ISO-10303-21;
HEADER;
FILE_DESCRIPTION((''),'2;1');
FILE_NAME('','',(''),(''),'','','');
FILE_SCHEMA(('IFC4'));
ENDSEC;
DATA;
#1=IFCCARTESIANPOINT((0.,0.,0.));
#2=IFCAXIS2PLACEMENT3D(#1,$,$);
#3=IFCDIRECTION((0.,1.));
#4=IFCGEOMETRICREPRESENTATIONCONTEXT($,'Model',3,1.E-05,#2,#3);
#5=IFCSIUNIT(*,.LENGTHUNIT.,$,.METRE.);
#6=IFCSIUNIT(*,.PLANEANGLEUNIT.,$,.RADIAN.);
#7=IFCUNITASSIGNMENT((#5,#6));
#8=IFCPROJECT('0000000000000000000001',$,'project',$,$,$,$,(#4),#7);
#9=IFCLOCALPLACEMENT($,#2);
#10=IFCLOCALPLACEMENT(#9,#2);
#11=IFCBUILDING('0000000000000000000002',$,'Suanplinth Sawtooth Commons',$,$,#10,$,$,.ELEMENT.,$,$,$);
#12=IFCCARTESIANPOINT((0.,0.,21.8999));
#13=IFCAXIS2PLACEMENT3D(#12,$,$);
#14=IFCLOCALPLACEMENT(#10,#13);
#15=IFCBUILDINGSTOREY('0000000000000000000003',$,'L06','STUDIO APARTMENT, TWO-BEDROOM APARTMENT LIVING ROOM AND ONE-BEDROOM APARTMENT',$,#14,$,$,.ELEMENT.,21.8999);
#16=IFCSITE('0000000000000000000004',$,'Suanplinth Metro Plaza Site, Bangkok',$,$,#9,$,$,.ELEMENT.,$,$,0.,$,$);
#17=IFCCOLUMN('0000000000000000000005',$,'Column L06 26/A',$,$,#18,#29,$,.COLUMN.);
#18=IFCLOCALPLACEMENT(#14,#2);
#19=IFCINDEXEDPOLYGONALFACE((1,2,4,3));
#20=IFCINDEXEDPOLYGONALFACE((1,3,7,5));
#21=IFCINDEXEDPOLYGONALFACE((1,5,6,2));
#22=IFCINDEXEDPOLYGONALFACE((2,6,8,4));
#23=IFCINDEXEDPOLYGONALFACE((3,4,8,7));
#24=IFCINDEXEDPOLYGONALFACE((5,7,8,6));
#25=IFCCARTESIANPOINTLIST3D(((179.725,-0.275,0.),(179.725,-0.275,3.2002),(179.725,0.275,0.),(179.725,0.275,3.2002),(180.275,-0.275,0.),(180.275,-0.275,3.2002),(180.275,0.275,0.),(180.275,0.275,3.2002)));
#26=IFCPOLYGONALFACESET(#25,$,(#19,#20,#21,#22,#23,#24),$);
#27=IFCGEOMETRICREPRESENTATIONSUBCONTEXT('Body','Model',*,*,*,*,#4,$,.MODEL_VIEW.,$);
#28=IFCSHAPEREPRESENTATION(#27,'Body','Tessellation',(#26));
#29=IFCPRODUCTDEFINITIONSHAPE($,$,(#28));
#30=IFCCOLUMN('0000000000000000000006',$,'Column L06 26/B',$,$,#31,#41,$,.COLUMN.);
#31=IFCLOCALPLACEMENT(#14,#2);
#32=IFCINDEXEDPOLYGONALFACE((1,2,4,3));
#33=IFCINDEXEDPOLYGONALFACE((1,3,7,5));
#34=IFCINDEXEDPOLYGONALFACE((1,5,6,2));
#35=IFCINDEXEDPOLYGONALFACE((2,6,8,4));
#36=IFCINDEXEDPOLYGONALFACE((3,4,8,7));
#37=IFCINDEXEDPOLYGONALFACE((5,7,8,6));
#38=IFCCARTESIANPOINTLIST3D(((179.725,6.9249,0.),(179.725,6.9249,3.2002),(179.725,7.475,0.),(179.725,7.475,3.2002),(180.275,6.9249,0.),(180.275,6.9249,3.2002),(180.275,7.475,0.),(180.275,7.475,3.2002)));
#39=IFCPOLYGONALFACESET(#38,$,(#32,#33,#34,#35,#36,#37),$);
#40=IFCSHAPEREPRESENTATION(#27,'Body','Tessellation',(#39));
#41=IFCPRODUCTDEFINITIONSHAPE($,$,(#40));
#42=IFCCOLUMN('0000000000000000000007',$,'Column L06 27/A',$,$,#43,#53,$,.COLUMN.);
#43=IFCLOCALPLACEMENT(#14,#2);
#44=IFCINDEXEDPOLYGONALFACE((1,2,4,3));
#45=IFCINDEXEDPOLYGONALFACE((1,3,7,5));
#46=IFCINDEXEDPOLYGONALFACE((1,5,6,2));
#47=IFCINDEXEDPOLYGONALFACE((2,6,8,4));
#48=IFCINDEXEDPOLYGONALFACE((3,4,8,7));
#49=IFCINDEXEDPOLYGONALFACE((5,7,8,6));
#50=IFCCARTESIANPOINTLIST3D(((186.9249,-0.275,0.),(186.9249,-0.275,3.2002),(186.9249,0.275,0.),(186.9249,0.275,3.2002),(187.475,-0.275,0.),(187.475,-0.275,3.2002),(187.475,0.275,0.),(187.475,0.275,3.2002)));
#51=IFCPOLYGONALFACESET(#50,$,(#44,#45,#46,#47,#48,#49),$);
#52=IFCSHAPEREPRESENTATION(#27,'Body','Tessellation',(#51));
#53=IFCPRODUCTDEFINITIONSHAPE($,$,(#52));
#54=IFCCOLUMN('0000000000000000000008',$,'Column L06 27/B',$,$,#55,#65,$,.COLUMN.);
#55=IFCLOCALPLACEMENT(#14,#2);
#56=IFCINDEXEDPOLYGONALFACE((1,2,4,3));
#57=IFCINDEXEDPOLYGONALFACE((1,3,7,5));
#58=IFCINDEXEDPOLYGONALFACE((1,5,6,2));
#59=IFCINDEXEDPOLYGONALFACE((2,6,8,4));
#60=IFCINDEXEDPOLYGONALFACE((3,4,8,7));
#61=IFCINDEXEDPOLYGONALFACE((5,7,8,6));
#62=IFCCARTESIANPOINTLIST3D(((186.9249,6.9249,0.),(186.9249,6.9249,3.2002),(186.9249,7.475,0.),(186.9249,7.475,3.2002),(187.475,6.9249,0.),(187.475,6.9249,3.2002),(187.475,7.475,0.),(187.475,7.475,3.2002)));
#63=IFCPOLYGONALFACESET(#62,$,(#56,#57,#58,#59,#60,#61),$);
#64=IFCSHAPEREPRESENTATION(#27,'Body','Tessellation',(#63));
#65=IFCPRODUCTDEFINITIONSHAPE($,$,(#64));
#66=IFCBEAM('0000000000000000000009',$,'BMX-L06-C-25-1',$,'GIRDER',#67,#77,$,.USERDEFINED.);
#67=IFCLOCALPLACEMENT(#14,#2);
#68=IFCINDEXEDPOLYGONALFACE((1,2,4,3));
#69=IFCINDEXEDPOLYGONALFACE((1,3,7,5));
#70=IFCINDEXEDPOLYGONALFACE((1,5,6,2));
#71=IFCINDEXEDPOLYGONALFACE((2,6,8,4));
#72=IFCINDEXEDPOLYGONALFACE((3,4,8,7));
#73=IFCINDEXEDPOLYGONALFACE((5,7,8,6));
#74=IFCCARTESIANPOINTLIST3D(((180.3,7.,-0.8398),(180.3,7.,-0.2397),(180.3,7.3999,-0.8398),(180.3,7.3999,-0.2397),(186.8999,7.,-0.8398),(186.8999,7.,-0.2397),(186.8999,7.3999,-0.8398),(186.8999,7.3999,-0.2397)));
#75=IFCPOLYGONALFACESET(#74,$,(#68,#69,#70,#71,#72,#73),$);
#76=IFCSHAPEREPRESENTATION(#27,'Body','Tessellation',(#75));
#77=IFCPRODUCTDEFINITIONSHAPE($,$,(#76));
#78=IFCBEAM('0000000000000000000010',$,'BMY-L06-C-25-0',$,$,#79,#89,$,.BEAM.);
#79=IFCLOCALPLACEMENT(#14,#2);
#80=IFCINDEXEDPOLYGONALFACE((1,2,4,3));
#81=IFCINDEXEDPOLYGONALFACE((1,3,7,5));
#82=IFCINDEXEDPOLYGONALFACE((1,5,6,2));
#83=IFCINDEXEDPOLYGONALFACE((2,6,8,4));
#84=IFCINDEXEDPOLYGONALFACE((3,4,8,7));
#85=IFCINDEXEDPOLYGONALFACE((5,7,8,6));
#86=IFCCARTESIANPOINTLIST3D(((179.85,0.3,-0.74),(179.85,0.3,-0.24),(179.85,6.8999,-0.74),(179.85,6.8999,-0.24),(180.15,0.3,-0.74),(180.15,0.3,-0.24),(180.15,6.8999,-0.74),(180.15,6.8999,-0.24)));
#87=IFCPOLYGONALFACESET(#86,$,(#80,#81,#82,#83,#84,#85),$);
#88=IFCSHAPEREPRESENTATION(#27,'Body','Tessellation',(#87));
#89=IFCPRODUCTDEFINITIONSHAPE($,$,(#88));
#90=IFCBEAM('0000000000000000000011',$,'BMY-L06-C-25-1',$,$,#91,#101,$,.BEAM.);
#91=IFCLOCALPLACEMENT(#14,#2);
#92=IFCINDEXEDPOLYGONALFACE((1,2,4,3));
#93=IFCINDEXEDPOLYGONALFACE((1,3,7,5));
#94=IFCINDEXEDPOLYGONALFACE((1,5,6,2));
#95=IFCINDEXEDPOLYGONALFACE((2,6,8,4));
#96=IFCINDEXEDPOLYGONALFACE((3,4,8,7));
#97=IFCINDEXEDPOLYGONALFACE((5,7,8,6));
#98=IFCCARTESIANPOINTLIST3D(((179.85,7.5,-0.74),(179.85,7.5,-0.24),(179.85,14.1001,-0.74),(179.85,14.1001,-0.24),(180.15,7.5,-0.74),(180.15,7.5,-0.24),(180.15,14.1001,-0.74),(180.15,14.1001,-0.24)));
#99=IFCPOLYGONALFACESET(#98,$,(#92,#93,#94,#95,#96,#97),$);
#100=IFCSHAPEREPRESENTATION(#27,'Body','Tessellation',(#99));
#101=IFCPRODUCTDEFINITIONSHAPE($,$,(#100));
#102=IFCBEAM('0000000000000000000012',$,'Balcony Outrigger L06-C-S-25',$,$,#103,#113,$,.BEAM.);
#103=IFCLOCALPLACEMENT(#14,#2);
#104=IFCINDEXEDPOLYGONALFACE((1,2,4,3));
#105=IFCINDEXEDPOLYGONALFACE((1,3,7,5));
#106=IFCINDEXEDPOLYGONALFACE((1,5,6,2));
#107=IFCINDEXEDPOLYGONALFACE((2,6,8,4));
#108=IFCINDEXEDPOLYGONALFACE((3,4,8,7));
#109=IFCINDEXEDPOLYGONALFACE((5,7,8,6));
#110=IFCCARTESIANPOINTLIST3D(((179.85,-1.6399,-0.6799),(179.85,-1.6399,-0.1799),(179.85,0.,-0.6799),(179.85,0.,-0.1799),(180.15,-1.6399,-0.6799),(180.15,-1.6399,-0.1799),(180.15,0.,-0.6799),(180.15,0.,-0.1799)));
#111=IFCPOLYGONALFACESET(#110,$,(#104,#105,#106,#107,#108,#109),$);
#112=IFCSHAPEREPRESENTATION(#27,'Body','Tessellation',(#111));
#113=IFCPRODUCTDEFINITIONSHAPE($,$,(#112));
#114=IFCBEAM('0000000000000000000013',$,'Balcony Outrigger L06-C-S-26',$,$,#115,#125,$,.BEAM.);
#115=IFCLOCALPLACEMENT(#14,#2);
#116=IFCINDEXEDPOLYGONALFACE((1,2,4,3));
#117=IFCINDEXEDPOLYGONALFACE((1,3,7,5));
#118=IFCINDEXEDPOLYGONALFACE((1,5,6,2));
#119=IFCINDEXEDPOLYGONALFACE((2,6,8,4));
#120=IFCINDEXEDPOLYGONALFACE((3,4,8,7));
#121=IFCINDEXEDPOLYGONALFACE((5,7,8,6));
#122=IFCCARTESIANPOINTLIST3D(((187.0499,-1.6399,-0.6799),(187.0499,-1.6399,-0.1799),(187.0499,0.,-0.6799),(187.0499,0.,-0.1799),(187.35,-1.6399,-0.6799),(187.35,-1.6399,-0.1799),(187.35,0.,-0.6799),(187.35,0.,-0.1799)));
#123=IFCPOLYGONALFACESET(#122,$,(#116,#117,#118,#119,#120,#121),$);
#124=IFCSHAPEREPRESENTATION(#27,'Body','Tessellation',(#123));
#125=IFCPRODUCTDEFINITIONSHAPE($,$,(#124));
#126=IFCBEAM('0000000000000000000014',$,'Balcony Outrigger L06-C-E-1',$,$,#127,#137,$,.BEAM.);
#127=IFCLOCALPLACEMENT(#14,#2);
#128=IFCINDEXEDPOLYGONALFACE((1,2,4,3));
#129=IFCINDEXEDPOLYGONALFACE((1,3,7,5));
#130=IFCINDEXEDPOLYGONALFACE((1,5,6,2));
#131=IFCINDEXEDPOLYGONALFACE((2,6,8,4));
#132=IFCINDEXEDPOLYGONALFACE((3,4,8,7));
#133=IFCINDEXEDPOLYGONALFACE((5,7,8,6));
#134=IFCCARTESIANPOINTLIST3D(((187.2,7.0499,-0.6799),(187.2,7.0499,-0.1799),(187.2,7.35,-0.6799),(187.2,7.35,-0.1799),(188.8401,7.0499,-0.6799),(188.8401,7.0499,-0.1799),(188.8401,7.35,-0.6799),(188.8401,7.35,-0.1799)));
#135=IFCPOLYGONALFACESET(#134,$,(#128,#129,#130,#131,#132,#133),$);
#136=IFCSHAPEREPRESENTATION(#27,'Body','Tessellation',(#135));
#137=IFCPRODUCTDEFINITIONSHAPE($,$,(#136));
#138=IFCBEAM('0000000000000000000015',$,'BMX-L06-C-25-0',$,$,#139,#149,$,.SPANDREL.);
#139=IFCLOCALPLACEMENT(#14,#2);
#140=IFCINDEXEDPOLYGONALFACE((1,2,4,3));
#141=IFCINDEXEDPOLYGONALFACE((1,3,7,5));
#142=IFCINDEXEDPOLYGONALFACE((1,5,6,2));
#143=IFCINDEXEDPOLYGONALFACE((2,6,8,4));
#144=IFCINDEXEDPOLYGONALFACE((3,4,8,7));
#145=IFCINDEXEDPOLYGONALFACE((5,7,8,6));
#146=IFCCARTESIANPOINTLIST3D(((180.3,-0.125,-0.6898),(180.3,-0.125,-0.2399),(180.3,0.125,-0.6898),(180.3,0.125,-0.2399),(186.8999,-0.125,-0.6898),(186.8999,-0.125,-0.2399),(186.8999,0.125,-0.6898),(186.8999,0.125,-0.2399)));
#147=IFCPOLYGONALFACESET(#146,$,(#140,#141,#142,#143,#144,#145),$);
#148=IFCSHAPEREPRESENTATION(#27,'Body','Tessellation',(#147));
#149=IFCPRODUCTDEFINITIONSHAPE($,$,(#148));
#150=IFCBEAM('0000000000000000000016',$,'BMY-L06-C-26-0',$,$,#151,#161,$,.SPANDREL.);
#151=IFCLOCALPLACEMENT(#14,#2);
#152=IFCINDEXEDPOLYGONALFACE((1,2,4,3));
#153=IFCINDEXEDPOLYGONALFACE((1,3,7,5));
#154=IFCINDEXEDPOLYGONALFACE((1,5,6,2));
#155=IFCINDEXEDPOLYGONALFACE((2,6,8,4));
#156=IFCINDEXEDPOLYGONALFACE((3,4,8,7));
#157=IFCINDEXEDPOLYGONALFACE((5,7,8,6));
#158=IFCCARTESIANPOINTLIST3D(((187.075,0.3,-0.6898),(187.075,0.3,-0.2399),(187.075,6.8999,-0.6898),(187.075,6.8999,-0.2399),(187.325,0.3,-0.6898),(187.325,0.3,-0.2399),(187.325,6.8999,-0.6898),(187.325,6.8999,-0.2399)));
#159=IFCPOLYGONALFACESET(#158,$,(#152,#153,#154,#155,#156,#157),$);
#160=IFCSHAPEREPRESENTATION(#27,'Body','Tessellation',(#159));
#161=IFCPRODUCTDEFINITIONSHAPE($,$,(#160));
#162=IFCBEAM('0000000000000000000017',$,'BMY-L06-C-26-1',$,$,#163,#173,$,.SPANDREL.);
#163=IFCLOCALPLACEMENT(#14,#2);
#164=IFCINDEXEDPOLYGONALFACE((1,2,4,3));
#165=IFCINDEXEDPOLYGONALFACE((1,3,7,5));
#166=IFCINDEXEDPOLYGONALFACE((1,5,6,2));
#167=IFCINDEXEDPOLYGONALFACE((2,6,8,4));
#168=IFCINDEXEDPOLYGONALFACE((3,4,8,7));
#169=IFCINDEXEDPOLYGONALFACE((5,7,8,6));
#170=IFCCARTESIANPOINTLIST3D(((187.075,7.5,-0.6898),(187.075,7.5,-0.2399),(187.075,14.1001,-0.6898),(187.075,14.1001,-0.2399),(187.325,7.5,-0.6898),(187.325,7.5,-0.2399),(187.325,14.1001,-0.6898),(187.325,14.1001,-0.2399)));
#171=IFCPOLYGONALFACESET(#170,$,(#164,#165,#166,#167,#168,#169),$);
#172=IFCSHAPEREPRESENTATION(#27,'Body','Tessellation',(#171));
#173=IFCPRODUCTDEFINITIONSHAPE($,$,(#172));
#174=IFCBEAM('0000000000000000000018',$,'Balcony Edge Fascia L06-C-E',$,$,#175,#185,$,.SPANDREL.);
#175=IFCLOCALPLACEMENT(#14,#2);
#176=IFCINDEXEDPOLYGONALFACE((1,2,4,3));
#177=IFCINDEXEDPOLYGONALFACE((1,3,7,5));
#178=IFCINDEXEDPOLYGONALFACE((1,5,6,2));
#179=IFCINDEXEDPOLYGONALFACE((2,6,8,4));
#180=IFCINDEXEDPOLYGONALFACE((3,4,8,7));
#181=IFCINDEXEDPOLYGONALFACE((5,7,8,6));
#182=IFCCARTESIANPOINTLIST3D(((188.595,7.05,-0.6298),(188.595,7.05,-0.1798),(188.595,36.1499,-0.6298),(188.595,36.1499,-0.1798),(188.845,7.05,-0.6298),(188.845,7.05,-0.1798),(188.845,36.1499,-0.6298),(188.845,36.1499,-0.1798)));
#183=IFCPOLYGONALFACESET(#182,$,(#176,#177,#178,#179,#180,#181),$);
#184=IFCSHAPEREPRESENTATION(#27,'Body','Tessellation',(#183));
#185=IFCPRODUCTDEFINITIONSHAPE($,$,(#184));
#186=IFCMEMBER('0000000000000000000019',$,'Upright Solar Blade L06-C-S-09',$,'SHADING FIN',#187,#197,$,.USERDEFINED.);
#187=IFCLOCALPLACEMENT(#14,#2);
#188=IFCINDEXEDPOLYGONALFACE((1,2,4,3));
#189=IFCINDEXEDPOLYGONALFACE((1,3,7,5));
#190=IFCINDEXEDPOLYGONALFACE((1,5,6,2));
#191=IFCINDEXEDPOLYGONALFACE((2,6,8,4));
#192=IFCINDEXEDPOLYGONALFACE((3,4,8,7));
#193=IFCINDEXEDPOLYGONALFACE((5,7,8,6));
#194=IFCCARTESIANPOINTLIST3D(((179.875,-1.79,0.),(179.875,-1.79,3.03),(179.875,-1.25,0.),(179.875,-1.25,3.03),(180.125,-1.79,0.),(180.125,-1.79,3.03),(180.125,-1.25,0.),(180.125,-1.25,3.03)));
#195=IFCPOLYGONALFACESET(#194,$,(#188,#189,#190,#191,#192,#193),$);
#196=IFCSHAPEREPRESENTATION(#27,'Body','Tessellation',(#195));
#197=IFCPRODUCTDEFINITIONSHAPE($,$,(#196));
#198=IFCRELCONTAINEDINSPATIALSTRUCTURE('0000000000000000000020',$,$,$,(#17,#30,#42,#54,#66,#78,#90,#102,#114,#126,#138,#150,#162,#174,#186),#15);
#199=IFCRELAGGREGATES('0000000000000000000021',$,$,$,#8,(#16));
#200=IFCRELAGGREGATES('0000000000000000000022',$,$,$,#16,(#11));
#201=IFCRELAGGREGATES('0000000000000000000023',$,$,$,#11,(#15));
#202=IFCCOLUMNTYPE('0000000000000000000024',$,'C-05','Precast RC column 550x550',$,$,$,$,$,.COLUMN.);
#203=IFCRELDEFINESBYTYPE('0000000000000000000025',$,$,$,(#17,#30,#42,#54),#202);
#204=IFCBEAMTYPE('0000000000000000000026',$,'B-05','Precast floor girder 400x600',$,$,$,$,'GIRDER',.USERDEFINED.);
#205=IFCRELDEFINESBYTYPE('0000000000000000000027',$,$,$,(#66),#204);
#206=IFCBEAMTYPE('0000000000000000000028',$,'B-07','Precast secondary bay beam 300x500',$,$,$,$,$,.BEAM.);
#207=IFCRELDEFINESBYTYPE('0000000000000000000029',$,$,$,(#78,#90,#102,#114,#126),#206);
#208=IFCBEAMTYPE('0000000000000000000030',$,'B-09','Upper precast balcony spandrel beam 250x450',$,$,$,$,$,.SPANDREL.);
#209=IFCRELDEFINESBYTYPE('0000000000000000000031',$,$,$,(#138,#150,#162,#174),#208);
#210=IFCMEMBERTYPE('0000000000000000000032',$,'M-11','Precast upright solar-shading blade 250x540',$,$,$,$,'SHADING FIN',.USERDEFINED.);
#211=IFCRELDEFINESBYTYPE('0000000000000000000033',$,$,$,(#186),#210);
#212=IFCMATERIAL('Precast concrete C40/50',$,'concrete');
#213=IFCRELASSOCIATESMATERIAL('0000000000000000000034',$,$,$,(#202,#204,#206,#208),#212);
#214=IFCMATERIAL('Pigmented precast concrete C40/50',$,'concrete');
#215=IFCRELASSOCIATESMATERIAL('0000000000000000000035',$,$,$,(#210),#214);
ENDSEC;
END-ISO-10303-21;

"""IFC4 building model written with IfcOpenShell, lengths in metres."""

from ifc_helpers import new_model, si_unit, direction, frame, origin, origin_2d, place, context, subcontext, project, spatial, rectangle, extrude, material, material_profile, profile_set, type_object, element, save


model = new_model("IFC4")

# Units and contexts
model_context = context("Model", 3, precision=1e-05, world=origin(), true_north=direction((0.0, 1.0)))
body_context = subcontext(model_context, "Body", "Model", "MODEL_VIEW")
ifc_project = project(units=[si_unit("LENGTHUNIT", "METRE"), si_unit("PLANEANGLEUNIT", "RADIAN")], contexts=[model_context])

# Site, building, storey
site_placement = place(None, origin())
site = spatial("IfcSite", under=ifc_project, at=site_placement, Name="Suanplinth Metro Plaza Site, Bangkok", CompositionType="ELEMENT", RefElevation=0.0)
building_placement = place(site_placement, origin())
building = spatial("IfcBuilding", under=site, at=building_placement, Name="Suanplinth Sawtooth Commons", CompositionType="ELEMENT")
storey_placement = place(building_placement, frame((0.0, 0.0, 21.8999)))
storey = spatial("IfcBuildingStorey", under=building, at=storey_placement, Name="L06", Description="STUDIO APARTMENT, TWO-BEDROOM APARTMENT LIVING ROOM AND ONE-BEDROOM APARTMENT", CompositionType="ELEMENT", Elevation=21.8999)

# Columns
ifc_material_1 = material(Name="Precast concrete C40/50", Category="concrete")
ifc_material_profile_1 = material_profile(ifc_material_1, rectangle(XDim=0.55, YDim=0.55, at=origin_2d()), Name="PC-COL 550x550")
ifc_profile_set_1 = profile_set([ifc_material_profile_1], Name="Precast concrete C40/50")
column_type = type_object("IfcColumnType", Name="C-05", Description="Precast RC column 550x550", PredefinedType="COLUMN", material=ifc_profile_set_1)
for number, where, z_axis, x_axis, name in (
    (1, (180.0, 0.0, 0.0), (0.0, 0.0, 1.0), (1.0, 0.0, 0.0), "Column L06 26/A"),
    (2, (180.0, 7.2, 0.0), (0.0, 0.0, 1.0), (1.0, 0.0, 0.0), "Column L06 26/B"),
    (3, (187.2, 0.0, 0.0), (0.0, 0.0, 1.0), (1.0, 0.0, 0.0), "Column L06 27/A"),
    (4, (187.2, 7.2, 0.0), (0.0, 0.0, 1.0), (1.0, 0.0, 0.0), "Column L06 27/B"),
):
    element("IfcColumn", number, at=place(storey_placement, frame(where, z_axis=z_axis, x_axis=x_axis)), inside=storey, type_object=column_type, Name=name, PredefinedType="COLUMN", context=body_context, shape_type="SweptSolid", body=[
        extrude(rectangle(XDim=0.55, YDim=0.55, at=origin_2d()), origin(), (0.0, 0.0, 1.0), 3.2002),
    ])

# Beams
ifc_material_profile_2 = material_profile(ifc_material_1, rectangle(XDim=0.3999, YDim=0.6001, at=origin_2d()), Name="PC-GDR 400x600")
ifc_profile_set_2 = profile_set([ifc_material_profile_2], Name="Precast concrete C40/50")
beam_type_1 = type_object("IfcBeamType", Name="B-05", Description="Precast floor girder 400x600", ElementType="GIRDER", PredefinedType="USERDEFINED", material=ifc_profile_set_2)
beam_1_placement = place(storey_placement, frame((180.3, 7.2, -0.5398), z_axis=(1.0, 0.0, 0.0), x_axis=(0.0, 1.0, 0.0)))
element("IfcBeam", 5, at=beam_1_placement, inside=storey, type_object=beam_type_1, Name="BMX-L06-C-25-1", ObjectType="GIRDER", PredefinedType="USERDEFINED", context=body_context, shape_type="SweptSolid", body=[
    extrude(rectangle(XDim=0.3999, YDim=0.6001, at=origin_2d()), origin(), (0.0, 0.0, 1.0), 6.5999),
])
ifc_material_profile_3 = material_profile(ifc_material_1, rectangle(XDim=0.3, YDim=0.5, at=origin_2d()), Name="PC-BM 300x500")
ifc_profile_set_3 = profile_set([ifc_material_profile_3], Name="Precast concrete C40/50")
beam_type_2 = type_object("IfcBeamType", Name="B-07", Description="Precast secondary bay beam 300x500", PredefinedType="BEAM", material=ifc_profile_set_3)
beam_2_placement = place(storey_placement, frame((180.0, 0.3, -0.49), z_axis=(0.0, 1.0, 0.0), x_axis=(-1.0, 0.0, 0.0)))
element("IfcBeam", 6, at=beam_2_placement, inside=storey, type_object=beam_type_2, Name="BMY-L06-C-25-0", PredefinedType="BEAM", context=body_context, shape_type="SweptSolid", body=[
    extrude(rectangle(XDim=0.3, YDim=0.5, at=origin_2d()), origin(), (0.0, 0.0, 1.0), 6.5999),
])
beam_3_placement = place(storey_placement, frame((180.0, 7.5, -0.49), z_axis=(0.0, 1.0, 0.0), x_axis=(-1.0, 0.0, 0.0)))
element("IfcBeam", 7, at=beam_3_placement, inside=storey, type_object=beam_type_2, Name="BMY-L06-C-25-1", PredefinedType="BEAM", context=body_context, shape_type="SweptSolid", body=[
    extrude(rectangle(XDim=0.3, YDim=0.5, at=origin_2d()), origin(), (0.0, 0.0, 1.0), 6.6001),
])
for number, where, z_axis, x_axis, name in (
    (8, (180.0, 0.0, -0.4299), (0.0, -1.0, 0.0), (1.0, 0.0, 0.0), "Balcony Outrigger L06-C-S-25"),
    (9, (187.2, 0.0, -0.4299), (0.0, -1.0, 0.0), (1.0, 0.0, 0.0), "Balcony Outrigger L06-C-S-26"),
):
    element("IfcBeam", number, at=place(storey_placement, frame(where, z_axis=z_axis, x_axis=x_axis)), inside=storey, type_object=beam_type_2, Name=name, PredefinedType="BEAM", context=body_context, shape_type="SweptSolid", body=[
        extrude(rectangle(XDim=0.3, YDim=0.5, at=origin_2d()), origin(), (0.0, 0.0, 1.0), 1.6399),
    ])
beam_4_placement = place(storey_placement, frame((187.2, 7.2, -0.4299), z_axis=(1.0, 0.0, 0.0), x_axis=(0.0, 1.0, 0.0)))
element("IfcBeam", 10, at=beam_4_placement, inside=storey, type_object=beam_type_2, Name="Balcony Outrigger L06-C-E-1", PredefinedType="BEAM", context=body_context, shape_type="SweptSolid", body=[
    extrude(rectangle(XDim=0.3, YDim=0.5, at=origin_2d()), origin(), (0.0, 0.0, 1.0), 1.6401),
])
ifc_material_profile_4 = material_profile(ifc_material_1, rectangle(XDim=0.25, YDim=0.45, at=origin_2d()), Name="PC-SP 250x450")
ifc_profile_set_4 = profile_set([ifc_material_profile_4], Name="Precast concrete C40/50")
beam_type_3 = type_object("IfcBeamType", Name="B-09", Description="Upper precast balcony spandrel beam 250x450", PredefinedType="SPANDREL", material=ifc_profile_set_4)
for number, where, z_axis, x_axis, name in (
    (11, (180.3, 0.0, -0.4648), (1.0, 0.0, 0.0), (0.0, 1.0, 0.0), "BMX-L06-C-25-0"),
    (12, (187.2, 0.3, -0.4648), (0.0, 1.0, 0.0), (-1.0, 0.0, 0.0), "BMY-L06-C-26-0"),
):
    element("IfcBeam", number, at=place(storey_placement, frame(where, z_axis=z_axis, x_axis=x_axis)), inside=storey, type_object=beam_type_3, Name=name, PredefinedType="SPANDREL", context=body_context, shape_type="SweptSolid", body=[
        extrude(rectangle(XDim=0.25, YDim=0.45, at=origin_2d()), origin(), (0.0, 0.0, 1.0), 6.5999),
    ])
beam_5_placement = place(storey_placement, frame((187.2, 7.5, -0.4648), z_axis=(0.0, 1.0, 0.0), x_axis=(-1.0, 0.0, 0.0)))
element("IfcBeam", 13, at=beam_5_placement, inside=storey, type_object=beam_type_3, Name="BMY-L06-C-26-1", PredefinedType="SPANDREL", context=body_context, shape_type="SweptSolid", body=[
    extrude(rectangle(XDim=0.25, YDim=0.45, at=origin_2d()), origin(), (0.0, 0.0, 1.0), 6.6001),
])
beam_6_placement = place(storey_placement, frame((188.72, 7.05, -0.4048), z_axis=(0.0, 1.0, 0.0), x_axis=(-1.0, 0.0, 0.0)))
element("IfcBeam", 14, at=beam_6_placement, inside=storey, type_object=beam_type_3, Name="Balcony Edge Fascia L06-C-E", PredefinedType="SPANDREL", context=body_context, shape_type="SweptSolid", body=[
    extrude(rectangle(XDim=0.25, YDim=0.45, at=origin_2d()), origin(), (0.0, 0.0, 1.0), 29.0999),
])

# Member
ifc_material_2 = material(Name="Pigmented precast concrete C40/50", Category="concrete")
ifc_material_profile_5 = material_profile(ifc_material_2, rectangle(XDim=0.25, YDim=0.54, at=origin_2d()), Name="PC-FIN 250x540")
ifc_profile_set_5 = profile_set([ifc_material_profile_5], Name="Pigmented precast concrete C40/50")
member_type = type_object("IfcMemberType", Name="M-11", Description="Precast upright solar-shading blade 250x540", ElementType="SHADING FIN", PredefinedType="USERDEFINED", material=ifc_profile_set_5)
for number, where, z_axis, x_axis, name in (
    (15, (180.0, -1.52, 0.0), (0.0, 0.0, 1.0), (1.0, 0.0, 0.0), "Upright Solar Blade L06-C-S-09"),
):
    element("IfcMember", number, at=place(storey_placement, frame(where, z_axis=z_axis, x_axis=x_axis)), inside=storey, type_object=member_type, Name=name, ObjectType="SHADING FIN", PredefinedType="USERDEFINED", context=body_context, shape_type="SweptSolid", body=[
        extrude(rectangle(XDim=0.25, YDim=0.54, at=origin_2d()), origin(), (0.0, 0.0, 1.0), 3.03),
    ])

save(model, "model.ifc")
